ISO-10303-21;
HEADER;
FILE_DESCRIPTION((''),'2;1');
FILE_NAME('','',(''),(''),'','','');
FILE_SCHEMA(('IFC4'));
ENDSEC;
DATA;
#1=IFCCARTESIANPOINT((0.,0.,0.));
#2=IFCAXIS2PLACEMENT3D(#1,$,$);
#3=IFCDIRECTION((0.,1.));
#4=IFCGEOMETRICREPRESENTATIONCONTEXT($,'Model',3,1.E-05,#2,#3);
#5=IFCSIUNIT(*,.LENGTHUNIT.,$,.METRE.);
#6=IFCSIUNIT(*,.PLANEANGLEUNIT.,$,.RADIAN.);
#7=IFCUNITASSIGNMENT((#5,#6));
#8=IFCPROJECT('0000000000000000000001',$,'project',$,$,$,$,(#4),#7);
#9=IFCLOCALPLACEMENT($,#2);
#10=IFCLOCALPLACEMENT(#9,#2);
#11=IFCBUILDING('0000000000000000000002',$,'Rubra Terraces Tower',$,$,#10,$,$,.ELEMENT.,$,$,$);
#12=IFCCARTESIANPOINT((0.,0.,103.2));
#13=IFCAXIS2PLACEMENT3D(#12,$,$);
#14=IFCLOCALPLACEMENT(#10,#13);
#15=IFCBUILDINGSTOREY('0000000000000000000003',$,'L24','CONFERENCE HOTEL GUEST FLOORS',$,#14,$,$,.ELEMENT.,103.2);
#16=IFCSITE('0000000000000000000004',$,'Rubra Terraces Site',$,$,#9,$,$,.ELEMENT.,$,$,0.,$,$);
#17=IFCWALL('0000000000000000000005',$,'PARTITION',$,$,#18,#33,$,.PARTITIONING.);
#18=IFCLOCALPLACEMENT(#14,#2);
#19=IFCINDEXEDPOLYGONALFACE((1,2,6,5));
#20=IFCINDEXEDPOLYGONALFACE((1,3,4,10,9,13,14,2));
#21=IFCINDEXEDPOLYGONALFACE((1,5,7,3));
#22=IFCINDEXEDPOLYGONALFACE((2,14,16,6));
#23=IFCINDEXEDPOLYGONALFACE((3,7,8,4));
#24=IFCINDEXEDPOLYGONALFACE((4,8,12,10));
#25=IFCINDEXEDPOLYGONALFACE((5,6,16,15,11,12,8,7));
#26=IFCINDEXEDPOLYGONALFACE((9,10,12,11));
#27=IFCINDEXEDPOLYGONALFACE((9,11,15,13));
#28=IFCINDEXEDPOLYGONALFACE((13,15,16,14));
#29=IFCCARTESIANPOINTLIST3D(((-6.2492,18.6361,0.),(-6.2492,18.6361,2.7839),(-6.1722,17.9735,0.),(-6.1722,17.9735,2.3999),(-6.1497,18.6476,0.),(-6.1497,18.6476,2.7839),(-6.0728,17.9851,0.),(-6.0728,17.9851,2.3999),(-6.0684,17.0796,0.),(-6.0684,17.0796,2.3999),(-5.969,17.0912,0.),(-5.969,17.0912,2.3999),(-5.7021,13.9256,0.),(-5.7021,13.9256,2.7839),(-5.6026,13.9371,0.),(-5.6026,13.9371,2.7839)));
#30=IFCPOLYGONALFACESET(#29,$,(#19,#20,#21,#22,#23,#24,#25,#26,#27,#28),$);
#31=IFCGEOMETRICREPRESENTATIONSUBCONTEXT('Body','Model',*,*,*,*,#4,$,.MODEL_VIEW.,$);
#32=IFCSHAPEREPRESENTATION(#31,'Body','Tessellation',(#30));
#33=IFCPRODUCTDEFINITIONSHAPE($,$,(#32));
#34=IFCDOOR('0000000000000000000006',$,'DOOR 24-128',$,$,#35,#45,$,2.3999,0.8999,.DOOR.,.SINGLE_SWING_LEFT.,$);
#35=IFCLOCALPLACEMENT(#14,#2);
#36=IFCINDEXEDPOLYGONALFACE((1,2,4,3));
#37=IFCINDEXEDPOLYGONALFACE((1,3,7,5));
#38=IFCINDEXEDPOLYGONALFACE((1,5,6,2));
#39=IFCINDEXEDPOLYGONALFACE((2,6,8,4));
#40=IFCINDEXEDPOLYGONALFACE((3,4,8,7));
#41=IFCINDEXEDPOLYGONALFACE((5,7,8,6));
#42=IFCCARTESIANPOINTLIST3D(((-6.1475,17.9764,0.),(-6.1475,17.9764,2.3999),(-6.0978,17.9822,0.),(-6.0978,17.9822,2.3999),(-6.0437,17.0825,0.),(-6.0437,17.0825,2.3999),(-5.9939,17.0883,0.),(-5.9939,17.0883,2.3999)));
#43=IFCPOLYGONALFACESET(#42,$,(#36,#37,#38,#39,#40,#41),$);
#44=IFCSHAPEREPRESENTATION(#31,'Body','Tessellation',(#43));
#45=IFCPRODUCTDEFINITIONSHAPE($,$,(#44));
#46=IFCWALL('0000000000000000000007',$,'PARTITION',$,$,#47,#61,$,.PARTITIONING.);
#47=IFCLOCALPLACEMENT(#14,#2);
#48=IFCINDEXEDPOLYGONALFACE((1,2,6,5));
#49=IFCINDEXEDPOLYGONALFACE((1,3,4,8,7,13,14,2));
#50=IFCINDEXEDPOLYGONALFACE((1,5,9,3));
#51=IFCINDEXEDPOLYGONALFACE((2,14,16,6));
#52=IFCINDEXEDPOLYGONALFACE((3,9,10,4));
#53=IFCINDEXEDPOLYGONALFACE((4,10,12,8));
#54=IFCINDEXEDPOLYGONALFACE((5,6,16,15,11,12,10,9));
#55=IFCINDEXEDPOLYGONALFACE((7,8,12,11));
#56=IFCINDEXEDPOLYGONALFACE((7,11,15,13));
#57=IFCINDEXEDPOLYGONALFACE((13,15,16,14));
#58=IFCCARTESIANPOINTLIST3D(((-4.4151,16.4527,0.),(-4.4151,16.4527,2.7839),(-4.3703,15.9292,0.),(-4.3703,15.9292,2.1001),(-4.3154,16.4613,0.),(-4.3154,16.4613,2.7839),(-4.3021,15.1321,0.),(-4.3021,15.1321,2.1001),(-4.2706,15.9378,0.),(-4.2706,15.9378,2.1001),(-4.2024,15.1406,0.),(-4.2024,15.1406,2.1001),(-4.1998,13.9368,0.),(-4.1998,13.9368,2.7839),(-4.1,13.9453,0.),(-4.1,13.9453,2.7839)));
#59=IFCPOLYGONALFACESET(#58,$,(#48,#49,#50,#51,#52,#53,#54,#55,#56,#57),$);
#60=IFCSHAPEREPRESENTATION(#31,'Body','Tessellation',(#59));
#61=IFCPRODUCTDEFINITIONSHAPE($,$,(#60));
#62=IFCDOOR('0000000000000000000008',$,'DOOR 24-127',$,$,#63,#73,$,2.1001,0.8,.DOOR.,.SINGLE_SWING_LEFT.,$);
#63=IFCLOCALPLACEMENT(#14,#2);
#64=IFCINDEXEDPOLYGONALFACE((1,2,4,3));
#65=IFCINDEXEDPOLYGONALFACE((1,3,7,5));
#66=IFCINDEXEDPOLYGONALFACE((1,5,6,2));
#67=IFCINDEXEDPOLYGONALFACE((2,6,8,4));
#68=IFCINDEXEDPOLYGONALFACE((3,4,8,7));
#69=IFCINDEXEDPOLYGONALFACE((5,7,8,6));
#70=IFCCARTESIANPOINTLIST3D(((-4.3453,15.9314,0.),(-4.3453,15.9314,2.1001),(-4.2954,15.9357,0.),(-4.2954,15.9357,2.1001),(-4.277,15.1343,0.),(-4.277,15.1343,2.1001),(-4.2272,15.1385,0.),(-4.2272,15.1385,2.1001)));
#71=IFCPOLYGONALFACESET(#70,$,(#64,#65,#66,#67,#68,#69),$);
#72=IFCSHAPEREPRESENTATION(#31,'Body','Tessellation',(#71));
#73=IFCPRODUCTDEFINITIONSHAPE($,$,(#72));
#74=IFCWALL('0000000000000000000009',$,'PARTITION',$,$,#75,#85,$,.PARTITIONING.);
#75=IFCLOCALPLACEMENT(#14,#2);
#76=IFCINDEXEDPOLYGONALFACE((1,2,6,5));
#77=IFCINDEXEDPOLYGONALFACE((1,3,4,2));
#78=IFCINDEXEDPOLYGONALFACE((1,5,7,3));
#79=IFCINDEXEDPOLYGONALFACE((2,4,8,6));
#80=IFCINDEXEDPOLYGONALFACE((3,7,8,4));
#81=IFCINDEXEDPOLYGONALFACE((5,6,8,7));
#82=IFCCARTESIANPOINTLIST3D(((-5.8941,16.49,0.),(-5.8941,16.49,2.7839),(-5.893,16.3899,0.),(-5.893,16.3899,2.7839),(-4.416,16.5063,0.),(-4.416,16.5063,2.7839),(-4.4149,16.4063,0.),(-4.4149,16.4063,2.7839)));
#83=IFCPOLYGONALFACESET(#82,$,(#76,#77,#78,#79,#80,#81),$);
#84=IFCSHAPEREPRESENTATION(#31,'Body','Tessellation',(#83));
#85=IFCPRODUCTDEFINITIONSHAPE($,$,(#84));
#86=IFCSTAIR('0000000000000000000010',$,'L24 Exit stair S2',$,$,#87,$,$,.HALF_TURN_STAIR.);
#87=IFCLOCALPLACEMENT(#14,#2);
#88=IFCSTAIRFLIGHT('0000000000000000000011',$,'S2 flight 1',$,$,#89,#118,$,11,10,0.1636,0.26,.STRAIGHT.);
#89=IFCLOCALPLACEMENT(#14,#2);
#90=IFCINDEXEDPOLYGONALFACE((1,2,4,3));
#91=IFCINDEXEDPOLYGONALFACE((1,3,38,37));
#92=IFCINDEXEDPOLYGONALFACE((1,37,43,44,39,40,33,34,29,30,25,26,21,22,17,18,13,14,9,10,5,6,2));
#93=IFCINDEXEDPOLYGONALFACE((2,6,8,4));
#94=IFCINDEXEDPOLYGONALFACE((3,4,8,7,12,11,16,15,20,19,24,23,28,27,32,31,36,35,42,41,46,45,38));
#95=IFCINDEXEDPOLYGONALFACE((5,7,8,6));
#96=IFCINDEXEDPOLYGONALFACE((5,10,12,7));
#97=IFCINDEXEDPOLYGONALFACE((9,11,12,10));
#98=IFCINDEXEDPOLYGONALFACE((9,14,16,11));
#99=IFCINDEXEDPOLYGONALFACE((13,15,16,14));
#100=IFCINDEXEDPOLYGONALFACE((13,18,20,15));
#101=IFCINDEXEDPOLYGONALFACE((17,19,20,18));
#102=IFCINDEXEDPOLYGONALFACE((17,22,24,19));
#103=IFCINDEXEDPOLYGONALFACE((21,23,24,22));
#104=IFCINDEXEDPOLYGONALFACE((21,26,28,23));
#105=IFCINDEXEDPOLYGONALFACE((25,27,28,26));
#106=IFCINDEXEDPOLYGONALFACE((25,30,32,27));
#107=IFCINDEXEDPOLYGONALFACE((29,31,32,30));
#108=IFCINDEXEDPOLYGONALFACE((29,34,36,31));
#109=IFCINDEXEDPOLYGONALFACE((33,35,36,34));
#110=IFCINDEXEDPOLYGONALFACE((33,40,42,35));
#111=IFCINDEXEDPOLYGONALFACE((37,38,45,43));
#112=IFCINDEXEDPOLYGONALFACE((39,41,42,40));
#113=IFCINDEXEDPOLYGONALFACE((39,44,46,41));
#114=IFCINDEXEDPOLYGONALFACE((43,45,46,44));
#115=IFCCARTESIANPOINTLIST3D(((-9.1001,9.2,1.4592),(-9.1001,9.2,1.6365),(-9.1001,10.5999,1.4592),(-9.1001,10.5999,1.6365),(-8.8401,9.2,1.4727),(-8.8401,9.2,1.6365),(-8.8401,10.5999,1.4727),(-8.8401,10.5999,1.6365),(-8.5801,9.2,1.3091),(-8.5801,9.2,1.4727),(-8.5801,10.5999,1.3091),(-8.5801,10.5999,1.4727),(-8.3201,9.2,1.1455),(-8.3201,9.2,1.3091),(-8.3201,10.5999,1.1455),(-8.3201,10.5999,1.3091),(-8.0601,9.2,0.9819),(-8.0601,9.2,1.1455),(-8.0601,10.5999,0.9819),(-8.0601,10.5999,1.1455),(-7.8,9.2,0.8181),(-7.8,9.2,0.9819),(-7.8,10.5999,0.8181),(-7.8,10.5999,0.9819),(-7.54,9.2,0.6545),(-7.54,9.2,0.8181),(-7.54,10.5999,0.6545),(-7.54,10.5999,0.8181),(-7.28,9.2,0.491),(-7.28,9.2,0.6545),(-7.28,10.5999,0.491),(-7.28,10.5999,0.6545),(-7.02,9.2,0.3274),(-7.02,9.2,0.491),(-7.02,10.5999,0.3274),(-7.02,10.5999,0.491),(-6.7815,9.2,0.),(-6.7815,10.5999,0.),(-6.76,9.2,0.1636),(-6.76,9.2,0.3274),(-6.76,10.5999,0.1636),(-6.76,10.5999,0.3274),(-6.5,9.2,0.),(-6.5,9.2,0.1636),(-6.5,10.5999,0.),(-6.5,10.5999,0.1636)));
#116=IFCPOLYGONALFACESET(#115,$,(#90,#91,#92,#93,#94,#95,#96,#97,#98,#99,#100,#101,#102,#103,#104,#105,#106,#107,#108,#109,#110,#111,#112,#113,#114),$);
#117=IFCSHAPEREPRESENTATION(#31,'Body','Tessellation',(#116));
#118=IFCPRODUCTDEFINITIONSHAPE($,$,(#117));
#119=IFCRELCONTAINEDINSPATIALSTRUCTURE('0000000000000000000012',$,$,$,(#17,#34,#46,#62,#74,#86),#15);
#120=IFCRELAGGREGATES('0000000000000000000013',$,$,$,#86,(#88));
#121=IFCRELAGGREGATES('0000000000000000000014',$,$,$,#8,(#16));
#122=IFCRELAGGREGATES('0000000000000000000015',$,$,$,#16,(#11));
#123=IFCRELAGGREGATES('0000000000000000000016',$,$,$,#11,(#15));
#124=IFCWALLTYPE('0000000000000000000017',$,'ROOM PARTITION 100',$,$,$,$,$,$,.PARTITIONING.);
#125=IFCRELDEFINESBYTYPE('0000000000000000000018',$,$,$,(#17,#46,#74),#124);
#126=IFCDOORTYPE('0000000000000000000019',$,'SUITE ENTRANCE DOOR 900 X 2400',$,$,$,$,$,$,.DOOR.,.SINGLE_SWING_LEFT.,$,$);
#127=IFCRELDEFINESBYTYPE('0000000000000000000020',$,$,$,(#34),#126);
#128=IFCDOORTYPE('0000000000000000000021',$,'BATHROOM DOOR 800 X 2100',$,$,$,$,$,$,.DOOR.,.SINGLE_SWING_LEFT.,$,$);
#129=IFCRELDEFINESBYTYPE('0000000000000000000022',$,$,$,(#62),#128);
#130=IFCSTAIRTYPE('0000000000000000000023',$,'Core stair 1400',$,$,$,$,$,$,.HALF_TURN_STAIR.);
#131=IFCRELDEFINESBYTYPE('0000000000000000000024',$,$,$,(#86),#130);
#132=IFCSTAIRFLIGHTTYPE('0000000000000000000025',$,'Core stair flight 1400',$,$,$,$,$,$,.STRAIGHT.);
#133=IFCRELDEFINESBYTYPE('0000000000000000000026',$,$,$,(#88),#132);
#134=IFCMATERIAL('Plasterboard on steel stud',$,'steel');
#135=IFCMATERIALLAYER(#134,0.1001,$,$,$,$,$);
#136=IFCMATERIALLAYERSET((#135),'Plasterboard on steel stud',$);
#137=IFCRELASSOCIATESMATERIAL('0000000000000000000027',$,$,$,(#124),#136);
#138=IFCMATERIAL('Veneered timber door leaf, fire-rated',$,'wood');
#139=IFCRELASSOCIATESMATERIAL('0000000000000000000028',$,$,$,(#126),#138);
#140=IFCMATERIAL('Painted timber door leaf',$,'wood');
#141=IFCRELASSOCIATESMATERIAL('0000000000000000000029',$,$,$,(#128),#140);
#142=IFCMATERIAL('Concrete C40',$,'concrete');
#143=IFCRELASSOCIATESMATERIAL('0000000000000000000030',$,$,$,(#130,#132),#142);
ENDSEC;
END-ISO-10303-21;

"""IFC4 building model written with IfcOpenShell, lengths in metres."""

from ifc_helpers import new_model, si_unit, direction, frame, frame_2d, origin, place, context, subcontext, project, spatial, polyline, rectangle, outline, extrude, material, layer, layer_set, type_object, element, fill, aggregate, save


model = new_model("IFC4")

# Units and contexts
model_context = context("Model", 3, precision=1e-05, world=origin(), true_north=direction((0.0, 1.0)))
body_context = subcontext(model_context, "Body", "Model", "MODEL_VIEW")
ifc_project = project(units=[si_unit("LENGTHUNIT", "METRE"), si_unit("PLANEANGLEUNIT", "RADIAN")], contexts=[model_context])

# Site, building, storey
site_placement = place(None, origin())
site = spatial("IfcSite", under=ifc_project, at=site_placement, Name="Rubra Terraces Site", CompositionType="ELEMENT", RefElevation=0.0)
building_placement = place(site_placement, origin())
building = spatial("IfcBuilding", under=site, at=building_placement, Name="Rubra Terraces Tower", CompositionType="ELEMENT")
storey_placement = place(building_placement, frame((0.0, 0.0, 103.2)))
storey = spatial("IfcBuildingStorey", under=building, at=storey_placement, Name="L24", Description="CONFERENCE HOTEL GUEST FLOORS", CompositionType="ELEMENT", Elevation=103.2)

# Walls, openings, doors
ifc_material_1 = material(Name="Plasterboard on steel stud", Category="steel")
ifc_layer_1 = layer(ifc_material_1, 0.1001)
ifc_layer_set_1 = layer_set([ifc_layer_1], Name="Plasterboard on steel stud")
wall_type_1 = type_object("IfcWallType", Name="ROOM PARTITION 100", PredefinedType="PARTITIONING", material=ifc_layer_set_1)
wall_1_placement = place(storey_placement, frame((-6.1995, 18.6418, 0.0), z_axis=(0.0, 0.0, 1.0), x_axis=(0.115374, -0.993322, 0.0)))
wall_1 = element("IfcWall", 1, at=wall_1_placement, inside=storey, type_object=wall_type_1, Name="PARTITION", PredefinedType="PARTITIONING", context=body_context, shape_type="SweptSolid", body=[
    extrude(rectangle(XDim=4.7422, YDim=0.1001, at=frame_2d((2.3711, 0.0))), origin(), (0.0, 0.0, 1.0), 2.7839),
])
opening_1_placement = place(wall_1_placement, frame((0.667, 0.0, 0.0)))
opening_1 = element("IfcOpeningElement", 2, at=opening_1_placement, cuts=wall_1, PredefinedType="OPENING", context=body_context, shape_type="SweptSolid", body=[
    extrude(rectangle(XDim=0.8999, YDim=2.3999, at=frame_2d((0.45, 1.2))), frame((0.0, 0.0601, 0.0), z_axis=(0.0, -1.0, 0.0), x_axis=(1.0, 0.0, 0.0)), (0.0, 0.0, 1.0), 0.1201),
])
ifc_material_2 = material(Name="Veneered timber door leaf, fire-rated", Category="wood")
door_type_1 = type_object("IfcDoorType", Name="SUITE ENTRANCE DOOR 900 X 2400", OperationType="SINGLE_SWING_LEFT", PredefinedType="DOOR", material=ifc_material_2)
door_1_placement = place(opening_1_placement, origin())
door_1 = element("IfcDoor", 3, at=door_1_placement, inside=storey, type_object=door_type_1, Name="DOOR 24-128", OperationType="SINGLE_SWING_LEFT", OverallHeight=2.3999, OverallWidth=0.8999, PredefinedType="DOOR", context=body_context, shape_type="SweptSolid", body=[
    extrude(rectangle(XDim=0.8999, YDim=2.3999, at=frame_2d((0.45, 1.2))), frame((0.0, 0.0249, 0.0), z_axis=(0.0, -1.0, 0.0), x_axis=(1.0, 0.0, 0.0)), (0.0, 0.0, 1.0), 0.05),
])
fill(opening_1, door_1)
wall_2_placement = place(storey_placement, frame((-4.1499, 13.9409, 0.0), z_axis=(0.0, 0.0, 1.0), x_axis=(-0.085278, 0.996357, 0.0)))
wall_2 = element("IfcWall", 4, at=wall_2_placement, inside=storey, type_object=wall_type_1, Name="PARTITION", PredefinedType="PARTITIONING", context=body_context, shape_type="SweptSolid", body=[
    extrude(rectangle(XDim=2.5251, YDim=0.1001, at=frame_2d((1.2627, 0.0))), origin(), (0.0, 0.0, 1.0), 2.7839),
])
opening_2_placement = place(wall_2_placement, frame((1.2, 0.0, 0.0)))
opening_2 = element("IfcOpeningElement", 5, at=opening_2_placement, cuts=wall_2, PredefinedType="OPENING", context=body_context, shape_type="SweptSolid", body=[
    extrude(rectangle(XDim=0.8, YDim=2.1001, at=frame_2d((0.3999, 1.05))), frame((0.0, 0.0601, 0.0), z_axis=(0.0, -1.0, 0.0), x_axis=(1.0, 0.0, 0.0)), (0.0, 0.0, 1.0), 0.1201),
])
ifc_material_3 = material(Name="Painted timber door leaf", Category="wood")
door_type_2 = type_object("IfcDoorType", Name="BATHROOM DOOR 800 X 2100", OperationType="SINGLE_SWING_LEFT", PredefinedType="DOOR", material=ifc_material_3)
door_2_placement = place(opening_2_placement, origin())
door_2 = element("IfcDoor", 6, at=door_2_placement, inside=storey, type_object=door_type_2, Name="DOOR 24-127", OperationType="SINGLE_SWING_LEFT", OverallHeight=2.1001, OverallWidth=0.8, PredefinedType="DOOR", context=body_context, shape_type="SweptSolid", body=[
    extrude(rectangle(XDim=0.8, YDim=2.1001, at=frame_2d((0.3999, 1.05))), frame((0.0, 0.0249, 0.0), z_axis=(0.0, -1.0, 0.0), x_axis=(1.0, 0.0, 0.0)), (0.0, 0.0, 1.0), 0.05),
])
fill(opening_2, door_2)

# Wall
wall_3_placement = place(storey_placement, frame((-4.4153, 16.4563, 0.0), z_axis=(0.0, 0.0, 1.0), x_axis=(-0.999939, -0.011065, 0.0)))
element("IfcWall", 7, at=wall_3_placement, inside=storey, type_object=wall_type_1, Name="PARTITION", PredefinedType="PARTITIONING", context=body_context, shape_type="SweptSolid", body=[
    extrude(rectangle(XDim=1.4783, YDim=0.1001, at=frame_2d((0.7393, 0.0))), origin(), (0.0, 0.0, 1.0), 2.7839),
])

# Stair, stair flight
ifc_material_4 = material(Name="Concrete C40", Category="concrete")
stair_type = type_object("IfcStairType", Name="Core stair 1400", PredefinedType="HALF_TURN_STAIR", material=ifc_material_4)
stair_placement = place(storey_placement, origin())
stair = element("IfcStair", 8, at=stair_placement, inside=storey, type_object=stair_type, Name="L24 Exit stair S2", PredefinedType="HALF_TURN_STAIR")
stair_flight_type = type_object("IfcStairFlightType", Name="Core stair flight 1400", PredefinedType="STRAIGHT", material=ifc_material_4)
stair_flight_placement = place(storey_placement, frame((-6.5, 9.8999, 0.0), z_axis=(0.0, 0.0, 1.0), x_axis=(-1.0, 0.0, 0.0)))
stair_flight = element("IfcStairFlight", 9, at=stair_flight_placement, type_object=stair_flight_type, Name="S2 flight 1", NumberOfRisers=11, NumberOfTreads=10, PredefinedType="STRAIGHT", RiserHeight=0.1636, TreadLength=0.26, context=body_context, shape_type="SweptSolid", body=[
    extrude(outline(polyline([(0.0, 0.0), (0.0, 0.1636), (0.26, 0.1636), (0.26, 0.3274), (0.52, 0.3274), (0.52, 0.491), (0.78, 0.491), (0.78, 0.6545), (1.04, 0.6545), (1.04, 0.8181), (1.3, 0.8181), (1.3, 0.9819), (1.5601, 0.9819), (1.5601, 1.1455), (1.8201, 1.1455), (1.8201, 1.3091), (2.0801, 1.3091), (2.0801, 1.4727), (2.3401, 1.4727), (2.3401, 1.6365), (2.6001, 1.6365), (2.6001, 1.8), (2.6001, 1.4592), (0.2815, 0.0), (0.0, 0.0)])), frame((0.0, 0.7, 0.0), z_axis=(0.0, -1.0, 0.0), x_axis=(1.0, 0.0, 0.0)), (0.0, 0.0, 1.0), 1.3999),
])
aggregate(stair, [stair_flight])

save(model, "model.ifc")
